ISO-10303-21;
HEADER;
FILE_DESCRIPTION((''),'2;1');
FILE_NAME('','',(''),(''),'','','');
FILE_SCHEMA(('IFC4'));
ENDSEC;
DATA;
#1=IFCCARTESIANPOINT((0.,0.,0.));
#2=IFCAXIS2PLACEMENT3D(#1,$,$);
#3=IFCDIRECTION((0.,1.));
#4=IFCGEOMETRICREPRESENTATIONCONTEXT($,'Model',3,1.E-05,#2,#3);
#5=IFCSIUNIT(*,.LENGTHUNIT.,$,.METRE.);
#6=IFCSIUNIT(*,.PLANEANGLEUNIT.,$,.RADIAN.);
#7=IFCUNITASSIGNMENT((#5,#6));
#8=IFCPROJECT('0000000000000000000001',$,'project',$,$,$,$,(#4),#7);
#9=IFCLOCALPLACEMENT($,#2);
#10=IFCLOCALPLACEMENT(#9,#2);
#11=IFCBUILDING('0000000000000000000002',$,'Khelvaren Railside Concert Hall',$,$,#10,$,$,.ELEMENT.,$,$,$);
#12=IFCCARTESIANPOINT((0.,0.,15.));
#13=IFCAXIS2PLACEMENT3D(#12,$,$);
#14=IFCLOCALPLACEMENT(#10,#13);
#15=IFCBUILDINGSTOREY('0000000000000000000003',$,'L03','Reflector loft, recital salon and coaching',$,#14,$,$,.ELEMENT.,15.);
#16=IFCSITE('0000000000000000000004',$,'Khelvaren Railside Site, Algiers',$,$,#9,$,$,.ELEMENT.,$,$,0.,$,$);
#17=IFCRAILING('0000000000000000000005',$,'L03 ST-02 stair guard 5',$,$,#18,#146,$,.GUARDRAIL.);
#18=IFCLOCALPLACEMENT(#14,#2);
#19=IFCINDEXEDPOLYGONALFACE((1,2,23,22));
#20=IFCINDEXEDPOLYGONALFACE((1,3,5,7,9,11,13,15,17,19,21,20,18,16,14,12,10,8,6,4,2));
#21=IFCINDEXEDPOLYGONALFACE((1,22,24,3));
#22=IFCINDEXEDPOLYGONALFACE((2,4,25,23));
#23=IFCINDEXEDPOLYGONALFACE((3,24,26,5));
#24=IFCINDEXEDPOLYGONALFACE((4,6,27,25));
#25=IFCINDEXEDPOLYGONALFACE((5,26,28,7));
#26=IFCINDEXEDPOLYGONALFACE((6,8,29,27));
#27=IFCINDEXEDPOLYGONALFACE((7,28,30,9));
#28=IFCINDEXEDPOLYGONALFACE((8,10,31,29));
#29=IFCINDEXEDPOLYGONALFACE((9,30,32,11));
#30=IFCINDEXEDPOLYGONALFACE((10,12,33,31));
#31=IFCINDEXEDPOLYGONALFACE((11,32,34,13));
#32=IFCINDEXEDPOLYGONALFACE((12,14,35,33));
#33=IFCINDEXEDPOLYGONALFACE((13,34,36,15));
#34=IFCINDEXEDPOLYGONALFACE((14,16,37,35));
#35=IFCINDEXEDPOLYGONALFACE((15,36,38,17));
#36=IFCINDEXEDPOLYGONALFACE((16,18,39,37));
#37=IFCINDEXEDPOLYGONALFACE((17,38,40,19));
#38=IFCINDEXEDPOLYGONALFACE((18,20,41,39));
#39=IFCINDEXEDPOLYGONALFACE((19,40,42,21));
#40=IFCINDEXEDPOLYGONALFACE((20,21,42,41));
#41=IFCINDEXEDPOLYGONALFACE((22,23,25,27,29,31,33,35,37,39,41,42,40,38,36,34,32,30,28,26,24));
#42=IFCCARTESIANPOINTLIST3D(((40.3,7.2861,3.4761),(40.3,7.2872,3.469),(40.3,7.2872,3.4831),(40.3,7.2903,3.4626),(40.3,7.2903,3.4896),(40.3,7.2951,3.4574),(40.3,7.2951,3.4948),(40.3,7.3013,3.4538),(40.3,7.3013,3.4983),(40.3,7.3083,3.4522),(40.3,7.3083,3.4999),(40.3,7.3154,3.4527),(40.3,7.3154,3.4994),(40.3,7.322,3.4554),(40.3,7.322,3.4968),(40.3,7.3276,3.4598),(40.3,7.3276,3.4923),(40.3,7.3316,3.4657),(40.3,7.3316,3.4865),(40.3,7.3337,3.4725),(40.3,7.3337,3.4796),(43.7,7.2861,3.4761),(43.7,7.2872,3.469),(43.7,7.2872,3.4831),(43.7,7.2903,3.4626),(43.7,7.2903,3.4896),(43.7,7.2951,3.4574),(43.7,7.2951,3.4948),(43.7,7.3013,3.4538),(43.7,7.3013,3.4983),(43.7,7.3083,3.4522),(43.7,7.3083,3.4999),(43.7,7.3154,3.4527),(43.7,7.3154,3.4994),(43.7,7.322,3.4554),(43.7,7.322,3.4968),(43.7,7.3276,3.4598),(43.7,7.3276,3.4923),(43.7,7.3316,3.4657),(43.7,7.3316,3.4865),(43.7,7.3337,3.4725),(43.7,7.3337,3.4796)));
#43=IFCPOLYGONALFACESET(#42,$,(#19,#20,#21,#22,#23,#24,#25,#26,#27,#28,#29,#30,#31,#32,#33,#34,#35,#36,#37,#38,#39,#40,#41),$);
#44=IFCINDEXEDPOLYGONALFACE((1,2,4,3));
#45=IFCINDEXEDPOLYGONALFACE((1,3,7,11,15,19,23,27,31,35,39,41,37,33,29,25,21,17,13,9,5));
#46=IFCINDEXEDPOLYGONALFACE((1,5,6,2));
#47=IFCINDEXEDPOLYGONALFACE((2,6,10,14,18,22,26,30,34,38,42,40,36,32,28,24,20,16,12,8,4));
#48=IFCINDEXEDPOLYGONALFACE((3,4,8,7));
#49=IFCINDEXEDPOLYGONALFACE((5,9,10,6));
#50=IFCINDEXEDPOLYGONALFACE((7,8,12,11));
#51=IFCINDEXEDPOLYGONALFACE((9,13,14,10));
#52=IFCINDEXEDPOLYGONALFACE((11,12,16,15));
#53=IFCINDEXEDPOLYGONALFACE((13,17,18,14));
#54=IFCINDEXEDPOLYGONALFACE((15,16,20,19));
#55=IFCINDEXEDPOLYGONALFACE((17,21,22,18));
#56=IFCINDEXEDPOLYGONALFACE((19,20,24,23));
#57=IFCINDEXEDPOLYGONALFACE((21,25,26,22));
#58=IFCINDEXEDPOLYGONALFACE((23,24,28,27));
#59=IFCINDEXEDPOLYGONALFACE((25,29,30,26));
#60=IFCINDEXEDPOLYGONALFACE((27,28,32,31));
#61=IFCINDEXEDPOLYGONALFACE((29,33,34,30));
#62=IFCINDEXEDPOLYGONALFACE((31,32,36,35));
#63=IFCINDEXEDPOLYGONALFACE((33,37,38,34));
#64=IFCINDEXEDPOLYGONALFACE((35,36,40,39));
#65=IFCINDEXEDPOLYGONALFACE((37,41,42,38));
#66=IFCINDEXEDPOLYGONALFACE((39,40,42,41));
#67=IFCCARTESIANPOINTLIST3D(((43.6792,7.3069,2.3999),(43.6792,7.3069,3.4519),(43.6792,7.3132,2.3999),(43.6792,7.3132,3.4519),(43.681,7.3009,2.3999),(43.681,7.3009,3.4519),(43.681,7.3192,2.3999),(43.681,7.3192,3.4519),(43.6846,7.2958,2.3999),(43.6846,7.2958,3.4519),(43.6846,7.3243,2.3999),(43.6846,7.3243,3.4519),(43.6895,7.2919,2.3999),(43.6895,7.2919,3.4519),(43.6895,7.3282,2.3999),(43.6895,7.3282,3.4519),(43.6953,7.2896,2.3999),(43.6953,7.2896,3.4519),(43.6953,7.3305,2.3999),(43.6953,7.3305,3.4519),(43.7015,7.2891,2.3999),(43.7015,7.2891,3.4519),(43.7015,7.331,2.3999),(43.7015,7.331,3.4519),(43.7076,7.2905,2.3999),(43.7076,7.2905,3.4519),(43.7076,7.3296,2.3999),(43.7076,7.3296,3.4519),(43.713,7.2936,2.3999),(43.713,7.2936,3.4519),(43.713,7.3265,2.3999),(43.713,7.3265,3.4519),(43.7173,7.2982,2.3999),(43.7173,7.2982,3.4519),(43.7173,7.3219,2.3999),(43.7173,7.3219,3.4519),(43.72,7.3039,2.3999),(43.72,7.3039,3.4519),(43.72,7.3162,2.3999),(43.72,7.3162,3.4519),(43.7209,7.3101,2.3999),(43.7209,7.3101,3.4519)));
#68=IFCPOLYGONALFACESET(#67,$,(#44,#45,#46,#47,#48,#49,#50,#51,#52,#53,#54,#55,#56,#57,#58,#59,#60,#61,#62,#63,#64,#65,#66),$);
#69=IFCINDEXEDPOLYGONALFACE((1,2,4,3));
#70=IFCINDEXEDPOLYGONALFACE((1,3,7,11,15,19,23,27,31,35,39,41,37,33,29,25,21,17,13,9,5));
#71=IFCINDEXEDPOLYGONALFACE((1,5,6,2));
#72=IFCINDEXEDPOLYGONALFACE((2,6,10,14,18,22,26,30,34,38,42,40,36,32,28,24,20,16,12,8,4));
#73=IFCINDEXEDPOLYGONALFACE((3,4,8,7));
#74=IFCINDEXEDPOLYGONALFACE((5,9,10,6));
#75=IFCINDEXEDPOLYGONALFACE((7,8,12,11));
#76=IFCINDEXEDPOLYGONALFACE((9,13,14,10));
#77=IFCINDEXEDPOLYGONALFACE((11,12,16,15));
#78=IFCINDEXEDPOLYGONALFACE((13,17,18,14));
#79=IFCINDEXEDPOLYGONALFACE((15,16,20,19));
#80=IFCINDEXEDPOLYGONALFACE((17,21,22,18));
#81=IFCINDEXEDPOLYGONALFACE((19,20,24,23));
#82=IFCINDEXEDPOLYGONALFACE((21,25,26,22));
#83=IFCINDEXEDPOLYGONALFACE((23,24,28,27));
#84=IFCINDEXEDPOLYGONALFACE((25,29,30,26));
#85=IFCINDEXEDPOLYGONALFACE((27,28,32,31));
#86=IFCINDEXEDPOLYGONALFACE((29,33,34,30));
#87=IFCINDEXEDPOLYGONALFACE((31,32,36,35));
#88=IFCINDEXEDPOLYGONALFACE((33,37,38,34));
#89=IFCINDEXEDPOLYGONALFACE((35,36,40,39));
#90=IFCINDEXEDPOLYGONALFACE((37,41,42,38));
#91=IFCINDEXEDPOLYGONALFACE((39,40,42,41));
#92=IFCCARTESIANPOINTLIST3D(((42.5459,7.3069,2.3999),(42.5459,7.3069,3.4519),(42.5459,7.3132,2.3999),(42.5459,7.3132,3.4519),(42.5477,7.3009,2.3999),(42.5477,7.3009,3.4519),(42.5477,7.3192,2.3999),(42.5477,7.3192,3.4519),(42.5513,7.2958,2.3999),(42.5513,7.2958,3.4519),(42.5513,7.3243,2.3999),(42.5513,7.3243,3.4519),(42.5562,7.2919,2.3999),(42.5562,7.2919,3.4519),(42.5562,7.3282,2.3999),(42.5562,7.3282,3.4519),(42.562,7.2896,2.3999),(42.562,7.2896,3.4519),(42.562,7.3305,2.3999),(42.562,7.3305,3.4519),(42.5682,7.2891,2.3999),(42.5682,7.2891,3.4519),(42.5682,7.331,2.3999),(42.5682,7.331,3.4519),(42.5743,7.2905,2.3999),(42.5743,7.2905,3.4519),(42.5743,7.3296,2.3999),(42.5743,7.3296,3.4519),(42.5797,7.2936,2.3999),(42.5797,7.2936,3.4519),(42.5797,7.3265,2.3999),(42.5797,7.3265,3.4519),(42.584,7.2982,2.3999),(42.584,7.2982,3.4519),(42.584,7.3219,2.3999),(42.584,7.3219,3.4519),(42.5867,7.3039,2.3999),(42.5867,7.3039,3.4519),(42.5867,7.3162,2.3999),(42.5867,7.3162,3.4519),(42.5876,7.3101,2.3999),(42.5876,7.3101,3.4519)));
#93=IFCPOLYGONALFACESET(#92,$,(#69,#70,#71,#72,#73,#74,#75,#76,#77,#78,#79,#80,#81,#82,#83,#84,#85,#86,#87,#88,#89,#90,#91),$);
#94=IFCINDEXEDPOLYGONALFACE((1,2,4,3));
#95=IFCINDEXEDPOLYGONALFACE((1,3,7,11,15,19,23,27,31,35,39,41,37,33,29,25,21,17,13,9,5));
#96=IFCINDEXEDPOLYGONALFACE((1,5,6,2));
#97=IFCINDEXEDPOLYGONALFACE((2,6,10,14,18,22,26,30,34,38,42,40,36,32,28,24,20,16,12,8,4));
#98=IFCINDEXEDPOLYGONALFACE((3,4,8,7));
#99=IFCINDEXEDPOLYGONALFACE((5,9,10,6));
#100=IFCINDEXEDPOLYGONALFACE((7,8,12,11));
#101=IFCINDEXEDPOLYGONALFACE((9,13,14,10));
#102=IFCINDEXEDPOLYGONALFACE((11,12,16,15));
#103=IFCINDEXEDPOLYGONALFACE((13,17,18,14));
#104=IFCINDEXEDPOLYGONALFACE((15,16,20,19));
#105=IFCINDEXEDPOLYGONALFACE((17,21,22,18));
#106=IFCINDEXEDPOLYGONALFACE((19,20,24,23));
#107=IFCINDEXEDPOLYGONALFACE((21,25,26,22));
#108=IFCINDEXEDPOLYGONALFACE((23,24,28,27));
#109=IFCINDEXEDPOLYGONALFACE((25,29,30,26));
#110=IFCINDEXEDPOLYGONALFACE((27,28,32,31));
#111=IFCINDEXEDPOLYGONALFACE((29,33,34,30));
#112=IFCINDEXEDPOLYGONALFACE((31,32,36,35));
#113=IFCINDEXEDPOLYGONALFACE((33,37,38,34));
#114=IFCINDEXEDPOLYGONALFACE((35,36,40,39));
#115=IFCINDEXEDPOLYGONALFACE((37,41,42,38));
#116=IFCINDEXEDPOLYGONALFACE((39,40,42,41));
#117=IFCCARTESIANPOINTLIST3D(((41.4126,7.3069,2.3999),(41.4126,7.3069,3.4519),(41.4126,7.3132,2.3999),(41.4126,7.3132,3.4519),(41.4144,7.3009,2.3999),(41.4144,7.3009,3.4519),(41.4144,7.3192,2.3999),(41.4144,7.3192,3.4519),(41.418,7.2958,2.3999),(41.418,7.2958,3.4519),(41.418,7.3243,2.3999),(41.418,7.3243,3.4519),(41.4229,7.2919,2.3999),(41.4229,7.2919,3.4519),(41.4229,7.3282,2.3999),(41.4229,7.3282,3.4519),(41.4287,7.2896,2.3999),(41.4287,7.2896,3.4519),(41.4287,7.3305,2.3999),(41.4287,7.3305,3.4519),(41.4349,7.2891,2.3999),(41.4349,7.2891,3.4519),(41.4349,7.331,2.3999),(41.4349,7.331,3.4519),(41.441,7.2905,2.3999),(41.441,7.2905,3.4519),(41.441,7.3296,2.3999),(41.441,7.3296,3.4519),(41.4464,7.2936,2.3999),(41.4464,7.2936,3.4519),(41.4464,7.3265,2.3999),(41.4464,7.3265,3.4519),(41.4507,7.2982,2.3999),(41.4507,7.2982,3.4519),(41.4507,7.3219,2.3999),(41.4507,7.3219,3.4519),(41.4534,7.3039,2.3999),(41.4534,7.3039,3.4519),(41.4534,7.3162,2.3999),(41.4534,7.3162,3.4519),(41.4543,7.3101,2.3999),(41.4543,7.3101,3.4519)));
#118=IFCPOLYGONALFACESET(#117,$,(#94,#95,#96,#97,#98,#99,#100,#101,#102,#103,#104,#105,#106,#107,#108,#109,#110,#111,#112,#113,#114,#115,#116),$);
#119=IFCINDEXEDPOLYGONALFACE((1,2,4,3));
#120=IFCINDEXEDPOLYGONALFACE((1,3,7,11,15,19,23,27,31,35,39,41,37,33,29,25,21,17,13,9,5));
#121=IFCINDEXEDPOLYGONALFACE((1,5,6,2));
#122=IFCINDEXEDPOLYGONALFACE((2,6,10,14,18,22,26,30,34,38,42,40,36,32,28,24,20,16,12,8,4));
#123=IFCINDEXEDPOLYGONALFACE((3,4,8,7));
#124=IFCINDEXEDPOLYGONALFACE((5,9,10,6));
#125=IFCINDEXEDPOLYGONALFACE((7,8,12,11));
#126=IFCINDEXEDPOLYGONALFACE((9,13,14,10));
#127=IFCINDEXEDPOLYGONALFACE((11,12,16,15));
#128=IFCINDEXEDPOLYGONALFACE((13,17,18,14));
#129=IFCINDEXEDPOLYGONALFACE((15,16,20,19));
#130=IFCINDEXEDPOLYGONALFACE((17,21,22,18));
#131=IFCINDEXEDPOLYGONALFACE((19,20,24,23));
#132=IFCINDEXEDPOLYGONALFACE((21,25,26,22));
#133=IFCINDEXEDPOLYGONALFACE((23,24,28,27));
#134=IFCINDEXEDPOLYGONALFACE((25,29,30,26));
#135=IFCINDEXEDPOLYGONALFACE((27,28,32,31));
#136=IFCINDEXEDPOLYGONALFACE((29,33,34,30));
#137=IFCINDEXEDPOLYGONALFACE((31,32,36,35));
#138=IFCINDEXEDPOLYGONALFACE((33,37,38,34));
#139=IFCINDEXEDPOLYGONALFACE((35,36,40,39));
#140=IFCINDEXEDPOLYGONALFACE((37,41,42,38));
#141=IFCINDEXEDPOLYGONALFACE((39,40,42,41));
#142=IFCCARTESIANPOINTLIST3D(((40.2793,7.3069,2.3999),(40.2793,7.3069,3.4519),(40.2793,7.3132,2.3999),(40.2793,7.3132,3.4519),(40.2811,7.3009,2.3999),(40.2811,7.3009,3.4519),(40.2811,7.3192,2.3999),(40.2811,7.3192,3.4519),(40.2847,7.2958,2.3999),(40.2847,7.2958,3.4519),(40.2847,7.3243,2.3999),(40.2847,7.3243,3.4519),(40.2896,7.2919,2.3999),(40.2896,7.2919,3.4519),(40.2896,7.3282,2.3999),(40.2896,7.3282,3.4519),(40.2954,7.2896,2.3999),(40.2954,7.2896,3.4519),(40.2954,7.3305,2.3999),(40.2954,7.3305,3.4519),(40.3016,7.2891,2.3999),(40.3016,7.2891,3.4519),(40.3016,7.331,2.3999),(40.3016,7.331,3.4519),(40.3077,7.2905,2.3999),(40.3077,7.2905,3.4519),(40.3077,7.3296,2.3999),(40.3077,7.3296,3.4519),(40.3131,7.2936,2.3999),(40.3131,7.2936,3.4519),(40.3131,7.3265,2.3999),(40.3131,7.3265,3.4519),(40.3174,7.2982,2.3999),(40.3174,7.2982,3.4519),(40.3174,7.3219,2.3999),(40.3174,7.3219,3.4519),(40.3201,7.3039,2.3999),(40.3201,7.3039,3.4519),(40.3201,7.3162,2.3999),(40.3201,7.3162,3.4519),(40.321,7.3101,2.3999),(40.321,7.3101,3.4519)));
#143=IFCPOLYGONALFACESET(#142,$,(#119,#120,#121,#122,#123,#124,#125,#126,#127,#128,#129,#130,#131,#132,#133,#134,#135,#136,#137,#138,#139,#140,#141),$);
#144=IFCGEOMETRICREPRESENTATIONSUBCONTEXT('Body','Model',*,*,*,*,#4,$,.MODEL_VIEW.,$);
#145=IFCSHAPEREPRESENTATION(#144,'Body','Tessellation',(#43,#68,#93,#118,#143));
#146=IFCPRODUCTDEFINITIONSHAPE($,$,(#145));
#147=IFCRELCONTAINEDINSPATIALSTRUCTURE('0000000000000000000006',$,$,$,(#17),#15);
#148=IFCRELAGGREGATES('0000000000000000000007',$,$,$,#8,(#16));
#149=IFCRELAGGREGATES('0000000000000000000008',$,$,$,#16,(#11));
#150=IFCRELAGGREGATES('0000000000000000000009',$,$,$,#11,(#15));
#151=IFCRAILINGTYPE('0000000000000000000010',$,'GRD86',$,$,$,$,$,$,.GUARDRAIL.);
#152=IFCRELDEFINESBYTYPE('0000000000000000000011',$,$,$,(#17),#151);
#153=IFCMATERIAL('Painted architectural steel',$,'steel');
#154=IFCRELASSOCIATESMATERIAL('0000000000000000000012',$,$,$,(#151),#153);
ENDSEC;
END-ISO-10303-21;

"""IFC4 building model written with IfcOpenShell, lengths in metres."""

from ifc_helpers import new_model, si_unit, direction, frame, origin, origin_2d, place, context, subcontext, project, spatial, circle, extrude, material, type_object, element, save


model = new_model("IFC4")

# Units and contexts
model_context = context("Model", 3, precision=1e-05, world=origin(), true_north=direction((0.0, 1.0)))
body_context = subcontext(model_context, "Body", "Model", "MODEL_VIEW")
ifc_project = project(units=[si_unit("LENGTHUNIT", "METRE"), si_unit("PLANEANGLEUNIT", "RADIAN")], contexts=[model_context])

# Site, building, storey
site_placement = place(None, origin())
site = spatial("IfcSite", under=ifc_project, at=site_placement, Name="Khelvaren Railside Site, Algiers", CompositionType="ELEMENT", RefElevation=0.0)
building_placement = place(site_placement, origin())
building = spatial("IfcBuilding", under=site, at=building_placement, Name="Khelvaren Railside Concert Hall", CompositionType="ELEMENT")
storey_placement = place(building_placement, frame((0.0, 0.0, 15.0)))
storey = spatial("IfcBuildingStorey", under=building, at=storey_placement, Name="L03", Description="Reflector loft, recital salon and coaching", CompositionType="ELEMENT", Elevation=15.0)

# Railing
ifc_material_1 = material(Name="Painted architectural steel", Category="steel")
railing_type = type_object("IfcRailingType", Name="GRD86", PredefinedType="GUARDRAIL", material=ifc_material_1)
railing_1_placement = place(storey_placement, frame((43.7, 7.3101, 2.3999)))
element("IfcRailing", 1, at=railing_1_placement, inside=storey, type_object=railing_type, Name="L03 ST-02 stair guard 5", PredefinedType="GUARDRAIL", context=body_context, shape_type="SweptSolid", body=[
    extrude(circle(Radius=0.0239, at=origin_2d()), frame((0.0, 0.0, 1.0762), z_axis=(-1.0, 0.0, 0.0), x_axis=(0.0, -1.0, 0.0)), (0.0, 0.0, 1.0), 3.3999),
    extrude(circle(Radius=0.021, at=origin_2d()), origin(), (0.0, 0.0, 1.0), 1.052),
    extrude(circle(Radius=0.021, at=origin_2d()), frame((-1.1333, 0.0, 0.0)), (0.0, 0.0, 1.0), 1.052),
    extrude(circle(Radius=0.021, at=origin_2d()), frame((-2.2666, 0.0, 0.0)), (0.0, 0.0, 1.0), 1.052),
    extrude(circle(Radius=0.021, at=origin_2d()), frame((-3.3999, 0.0, 0.0)), (0.0, 0.0, 1.0), 1.052),
])

save(model, "model.ifc")
